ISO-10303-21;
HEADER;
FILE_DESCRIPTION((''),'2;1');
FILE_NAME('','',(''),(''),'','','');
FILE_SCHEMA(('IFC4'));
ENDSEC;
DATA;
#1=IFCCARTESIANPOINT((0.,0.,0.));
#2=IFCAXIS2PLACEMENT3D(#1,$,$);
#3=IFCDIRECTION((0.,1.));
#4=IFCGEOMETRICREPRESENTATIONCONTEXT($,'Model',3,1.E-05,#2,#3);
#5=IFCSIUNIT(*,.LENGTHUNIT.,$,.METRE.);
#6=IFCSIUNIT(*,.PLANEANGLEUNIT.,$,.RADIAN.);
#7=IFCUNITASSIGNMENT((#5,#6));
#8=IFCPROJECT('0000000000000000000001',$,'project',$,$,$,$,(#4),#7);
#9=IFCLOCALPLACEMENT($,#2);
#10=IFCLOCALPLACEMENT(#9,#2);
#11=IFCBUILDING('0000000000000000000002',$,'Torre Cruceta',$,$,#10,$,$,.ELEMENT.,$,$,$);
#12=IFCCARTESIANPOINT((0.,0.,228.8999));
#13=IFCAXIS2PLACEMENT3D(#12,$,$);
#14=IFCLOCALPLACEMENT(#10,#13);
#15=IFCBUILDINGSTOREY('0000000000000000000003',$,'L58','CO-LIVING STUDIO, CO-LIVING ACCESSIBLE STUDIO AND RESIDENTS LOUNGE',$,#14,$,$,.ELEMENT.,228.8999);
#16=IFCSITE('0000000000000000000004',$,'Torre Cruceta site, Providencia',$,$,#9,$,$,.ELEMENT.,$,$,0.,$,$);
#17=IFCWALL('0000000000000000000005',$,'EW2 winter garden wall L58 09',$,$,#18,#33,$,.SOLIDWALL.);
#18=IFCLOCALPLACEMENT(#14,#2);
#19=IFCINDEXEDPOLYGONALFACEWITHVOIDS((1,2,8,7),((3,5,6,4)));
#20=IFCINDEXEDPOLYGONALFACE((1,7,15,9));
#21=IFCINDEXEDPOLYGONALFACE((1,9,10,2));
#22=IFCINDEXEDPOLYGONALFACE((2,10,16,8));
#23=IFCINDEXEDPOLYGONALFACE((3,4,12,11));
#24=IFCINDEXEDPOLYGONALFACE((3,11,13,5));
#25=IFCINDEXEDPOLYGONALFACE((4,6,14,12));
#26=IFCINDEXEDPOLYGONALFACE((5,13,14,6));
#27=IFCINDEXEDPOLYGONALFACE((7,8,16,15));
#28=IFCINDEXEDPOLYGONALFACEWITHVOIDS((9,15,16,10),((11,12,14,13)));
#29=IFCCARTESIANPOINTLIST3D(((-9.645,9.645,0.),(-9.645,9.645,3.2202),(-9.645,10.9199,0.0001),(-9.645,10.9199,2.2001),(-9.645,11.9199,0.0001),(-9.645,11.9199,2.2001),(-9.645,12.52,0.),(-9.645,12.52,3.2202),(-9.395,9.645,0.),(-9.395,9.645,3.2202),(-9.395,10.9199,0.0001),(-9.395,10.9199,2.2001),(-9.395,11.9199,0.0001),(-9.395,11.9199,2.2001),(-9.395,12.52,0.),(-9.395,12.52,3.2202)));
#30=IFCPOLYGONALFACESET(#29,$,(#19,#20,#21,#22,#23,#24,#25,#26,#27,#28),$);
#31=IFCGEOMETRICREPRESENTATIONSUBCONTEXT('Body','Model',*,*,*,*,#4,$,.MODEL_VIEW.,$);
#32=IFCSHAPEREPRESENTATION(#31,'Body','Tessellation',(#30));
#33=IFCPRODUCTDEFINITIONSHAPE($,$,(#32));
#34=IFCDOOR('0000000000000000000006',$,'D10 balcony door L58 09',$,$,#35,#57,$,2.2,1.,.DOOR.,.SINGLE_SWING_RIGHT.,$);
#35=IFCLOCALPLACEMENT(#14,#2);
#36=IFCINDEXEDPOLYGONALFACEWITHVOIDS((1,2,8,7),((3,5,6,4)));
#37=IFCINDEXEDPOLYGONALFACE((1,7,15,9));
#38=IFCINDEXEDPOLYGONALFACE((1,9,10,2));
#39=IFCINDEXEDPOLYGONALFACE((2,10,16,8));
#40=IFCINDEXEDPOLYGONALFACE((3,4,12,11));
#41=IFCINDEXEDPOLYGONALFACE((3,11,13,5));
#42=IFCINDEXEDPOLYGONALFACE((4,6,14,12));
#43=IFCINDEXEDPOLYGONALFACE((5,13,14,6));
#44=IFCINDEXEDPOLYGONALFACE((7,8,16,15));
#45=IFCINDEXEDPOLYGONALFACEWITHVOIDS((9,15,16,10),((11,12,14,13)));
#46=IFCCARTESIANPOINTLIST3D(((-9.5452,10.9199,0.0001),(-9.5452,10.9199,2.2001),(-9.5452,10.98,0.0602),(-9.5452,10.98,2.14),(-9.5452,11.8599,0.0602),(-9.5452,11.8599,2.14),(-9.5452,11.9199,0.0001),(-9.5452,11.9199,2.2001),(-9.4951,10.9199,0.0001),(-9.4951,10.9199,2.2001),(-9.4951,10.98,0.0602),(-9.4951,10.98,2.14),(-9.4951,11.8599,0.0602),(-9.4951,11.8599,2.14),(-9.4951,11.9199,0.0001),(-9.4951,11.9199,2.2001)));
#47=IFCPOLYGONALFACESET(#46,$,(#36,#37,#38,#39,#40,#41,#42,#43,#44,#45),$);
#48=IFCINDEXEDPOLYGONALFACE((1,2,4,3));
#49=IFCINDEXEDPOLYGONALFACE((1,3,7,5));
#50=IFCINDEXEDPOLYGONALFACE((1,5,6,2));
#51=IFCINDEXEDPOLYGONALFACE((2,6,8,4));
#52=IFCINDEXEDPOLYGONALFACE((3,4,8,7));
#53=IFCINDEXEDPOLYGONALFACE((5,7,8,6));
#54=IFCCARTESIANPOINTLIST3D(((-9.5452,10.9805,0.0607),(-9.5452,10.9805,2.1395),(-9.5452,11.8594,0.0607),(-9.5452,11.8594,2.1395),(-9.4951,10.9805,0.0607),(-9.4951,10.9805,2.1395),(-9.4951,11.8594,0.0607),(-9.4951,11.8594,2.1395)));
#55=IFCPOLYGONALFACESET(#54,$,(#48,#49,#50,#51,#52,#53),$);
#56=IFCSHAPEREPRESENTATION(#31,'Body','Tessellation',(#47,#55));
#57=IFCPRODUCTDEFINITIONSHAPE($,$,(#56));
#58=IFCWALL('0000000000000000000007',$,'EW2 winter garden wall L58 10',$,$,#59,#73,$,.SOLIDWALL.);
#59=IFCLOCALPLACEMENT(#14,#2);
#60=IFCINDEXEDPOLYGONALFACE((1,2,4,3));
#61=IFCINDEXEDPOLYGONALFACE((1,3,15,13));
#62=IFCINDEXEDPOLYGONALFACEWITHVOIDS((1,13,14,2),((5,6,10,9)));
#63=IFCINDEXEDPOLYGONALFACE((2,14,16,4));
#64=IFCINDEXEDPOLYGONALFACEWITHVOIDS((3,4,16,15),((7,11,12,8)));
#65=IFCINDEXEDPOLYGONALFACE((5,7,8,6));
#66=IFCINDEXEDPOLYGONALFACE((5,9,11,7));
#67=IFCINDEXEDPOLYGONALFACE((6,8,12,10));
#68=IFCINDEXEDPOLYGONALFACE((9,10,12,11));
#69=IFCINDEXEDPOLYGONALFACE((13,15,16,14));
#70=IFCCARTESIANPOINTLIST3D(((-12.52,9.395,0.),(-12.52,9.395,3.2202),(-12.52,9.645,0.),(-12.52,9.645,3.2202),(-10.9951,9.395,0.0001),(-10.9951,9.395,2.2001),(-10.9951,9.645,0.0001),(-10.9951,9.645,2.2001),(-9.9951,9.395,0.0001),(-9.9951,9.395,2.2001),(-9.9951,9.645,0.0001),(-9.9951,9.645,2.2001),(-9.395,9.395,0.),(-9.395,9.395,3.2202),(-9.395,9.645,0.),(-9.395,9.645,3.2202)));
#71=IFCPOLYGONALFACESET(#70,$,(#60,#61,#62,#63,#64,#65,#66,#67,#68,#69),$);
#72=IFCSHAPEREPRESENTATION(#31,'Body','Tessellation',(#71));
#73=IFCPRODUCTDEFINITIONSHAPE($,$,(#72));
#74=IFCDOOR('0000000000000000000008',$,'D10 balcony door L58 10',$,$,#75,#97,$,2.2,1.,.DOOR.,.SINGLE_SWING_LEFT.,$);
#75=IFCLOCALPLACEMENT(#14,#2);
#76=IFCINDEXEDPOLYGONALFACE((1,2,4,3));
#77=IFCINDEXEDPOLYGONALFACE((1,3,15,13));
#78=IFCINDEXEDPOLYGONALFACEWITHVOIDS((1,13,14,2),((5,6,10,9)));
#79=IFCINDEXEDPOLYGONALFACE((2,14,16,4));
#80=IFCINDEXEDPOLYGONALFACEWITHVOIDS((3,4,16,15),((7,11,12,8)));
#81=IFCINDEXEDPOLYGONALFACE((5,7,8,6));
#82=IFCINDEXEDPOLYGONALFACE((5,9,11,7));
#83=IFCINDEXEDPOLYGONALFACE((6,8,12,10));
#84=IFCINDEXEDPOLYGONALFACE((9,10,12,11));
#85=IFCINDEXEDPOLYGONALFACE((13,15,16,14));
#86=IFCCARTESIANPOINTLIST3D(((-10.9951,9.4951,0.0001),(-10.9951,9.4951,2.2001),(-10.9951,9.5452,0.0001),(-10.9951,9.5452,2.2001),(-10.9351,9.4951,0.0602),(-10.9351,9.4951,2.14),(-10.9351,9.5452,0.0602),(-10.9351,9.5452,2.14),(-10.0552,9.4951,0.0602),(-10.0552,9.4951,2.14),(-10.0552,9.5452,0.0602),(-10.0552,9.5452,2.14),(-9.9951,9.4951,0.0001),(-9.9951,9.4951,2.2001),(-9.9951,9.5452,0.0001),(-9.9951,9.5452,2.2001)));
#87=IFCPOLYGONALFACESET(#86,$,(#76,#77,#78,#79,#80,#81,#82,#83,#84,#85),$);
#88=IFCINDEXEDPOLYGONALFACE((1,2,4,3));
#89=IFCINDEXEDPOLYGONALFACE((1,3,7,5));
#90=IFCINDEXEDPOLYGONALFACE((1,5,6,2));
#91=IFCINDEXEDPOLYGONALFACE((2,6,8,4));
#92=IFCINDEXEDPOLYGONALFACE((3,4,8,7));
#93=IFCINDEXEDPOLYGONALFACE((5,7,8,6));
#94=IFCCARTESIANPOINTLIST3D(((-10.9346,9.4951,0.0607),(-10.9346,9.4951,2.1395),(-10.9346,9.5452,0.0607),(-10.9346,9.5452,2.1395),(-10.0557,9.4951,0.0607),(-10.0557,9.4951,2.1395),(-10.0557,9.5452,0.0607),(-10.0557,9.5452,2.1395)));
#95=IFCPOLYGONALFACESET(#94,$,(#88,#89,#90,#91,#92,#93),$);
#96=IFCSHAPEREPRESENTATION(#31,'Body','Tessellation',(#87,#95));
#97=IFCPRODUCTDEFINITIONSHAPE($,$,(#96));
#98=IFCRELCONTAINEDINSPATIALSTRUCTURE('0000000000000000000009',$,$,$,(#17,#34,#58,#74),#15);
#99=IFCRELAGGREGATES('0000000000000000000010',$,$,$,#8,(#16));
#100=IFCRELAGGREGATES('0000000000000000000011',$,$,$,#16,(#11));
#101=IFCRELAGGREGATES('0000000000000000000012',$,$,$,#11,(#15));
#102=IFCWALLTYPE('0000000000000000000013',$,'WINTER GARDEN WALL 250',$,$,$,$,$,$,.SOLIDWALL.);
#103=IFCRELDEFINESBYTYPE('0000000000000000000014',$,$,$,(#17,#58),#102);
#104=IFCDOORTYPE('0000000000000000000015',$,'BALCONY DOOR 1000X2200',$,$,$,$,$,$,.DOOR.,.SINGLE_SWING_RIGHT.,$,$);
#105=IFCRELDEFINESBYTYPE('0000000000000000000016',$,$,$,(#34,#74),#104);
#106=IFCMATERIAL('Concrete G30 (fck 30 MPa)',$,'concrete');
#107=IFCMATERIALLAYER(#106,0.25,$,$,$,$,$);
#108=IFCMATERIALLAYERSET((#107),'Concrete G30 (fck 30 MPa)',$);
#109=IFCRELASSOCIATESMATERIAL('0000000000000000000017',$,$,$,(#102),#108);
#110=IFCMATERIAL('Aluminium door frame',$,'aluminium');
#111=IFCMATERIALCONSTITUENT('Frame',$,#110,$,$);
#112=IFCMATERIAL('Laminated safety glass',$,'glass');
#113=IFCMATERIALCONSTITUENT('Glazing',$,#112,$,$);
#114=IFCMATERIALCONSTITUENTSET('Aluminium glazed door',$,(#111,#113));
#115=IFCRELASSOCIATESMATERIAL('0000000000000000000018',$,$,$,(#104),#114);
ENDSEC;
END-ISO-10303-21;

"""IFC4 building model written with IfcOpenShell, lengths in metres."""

from ifc_helpers import new_model, si_unit, direction, frame, frame_2d, origin, place, context, subcontext, project, spatial, rectangle, hollow_rectangle, extrude, material, layer, layer_set, constituent, constituent_set, type_object, element, fill, save


model = new_model("IFC4")

# Units and contexts
model_context = context("Model", 3, precision=1e-05, world=origin(), true_north=direction((0.0, 1.0)))
body_context = subcontext(model_context, "Body", "Model", "MODEL_VIEW")
ifc_project = project(units=[si_unit("LENGTHUNIT", "METRE"), si_unit("PLANEANGLEUNIT", "RADIAN")], contexts=[model_context])

# Site, building, storey
site_placement = place(None, origin())
site = spatial("IfcSite", under=ifc_project, at=site_placement, Name="Torre Cruceta site, Providencia", CompositionType="ELEMENT", RefElevation=0.0)
building_placement = place(site_placement, origin())
building = spatial("IfcBuilding", under=site, at=building_placement, Name="Torre Cruceta", CompositionType="ELEMENT")
storey_placement = place(building_placement, frame((0.0, 0.0, 228.8999)))
storey = spatial("IfcBuildingStorey", under=building, at=storey_placement, Name="L58", Description="CO-LIVING STUDIO, CO-LIVING ACCESSIBLE STUDIO AND RESIDENTS LOUNGE", CompositionType="ELEMENT", Elevation=228.8999)

# Walls, openings, doors
ifc_material_1 = material(Name="Concrete G30 (fck 30 MPa)", Category="concrete")
ifc_layer_1 = layer(ifc_material_1, 0.25)
ifc_layer_set_1 = layer_set([ifc_layer_1], Name="Concrete G30 (fck 30 MPa)")
wall_type_1 = type_object("IfcWallType", Name="WINTER GARDEN WALL 250", PredefinedType="SOLIDWALL", material=ifc_layer_set_1)
wall_1_placement = place(storey_placement, frame((-9.52, 12.52, 0.0), z_axis=(0.0, 0.0, 1.0), x_axis=(0.0, -1.0, 0.0)))
wall_1 = element("IfcWall", 1, at=wall_1_placement, inside=storey, type_object=wall_type_1, Name="EW2 winter garden wall L58 09", PredefinedType="SOLIDWALL", context=body_context, shape_type="SweptSolid", body=[
    extrude(rectangle(XDim=2.875, YDim=0.25, at=frame_2d((1.4375, 0.0))), origin(), (0.0, 0.0, 1.0), 3.2202),
])
opening_1_placement = place(wall_1_placement, frame((0.6001, 0.0, 0.0)))
opening_1 = element("IfcOpeningElement", 2, at=opening_1_placement, cuts=wall_1, PredefinedType="OPENING", context=body_context, shape_type="SweptSolid", body=[
    extrude(rectangle(XDim=1.0, YDim=2.2, at=frame_2d((0.5, 1.1001))), frame((0.0, 0.135, 0.0), z_axis=(0.0, -1.0, 0.0), x_axis=(1.0, 0.0, 0.0)), (0.0, 0.0, 1.0), 0.27),
])
ifc_material_2 = material(Name="Aluminium door frame", Category="aluminium")
ifc_constituent_1 = constituent(ifc_material_2, Name="Frame")
ifc_material_3 = material(Name="Laminated safety glass", Category="glass")
ifc_constituent_2 = constituent(ifc_material_3, Name="Glazing")
ifc_constituent_set_1 = constituent_set(constituents=[ifc_constituent_1, ifc_constituent_2], Name="Aluminium glazed door")
door_type_1 = type_object("IfcDoorType", Name="BALCONY DOOR 1000X2200", OperationType="SINGLE_SWING_RIGHT", PredefinedType="DOOR", material=ifc_constituent_set_1)
door_1_placement = place(opening_1_placement, origin())
door_1 = element("IfcDoor", 3, at=door_1_placement, inside=storey, type_object=door_type_1, Name="D10 balcony door L58 09", OperationType="SINGLE_SWING_RIGHT", OverallHeight=2.2, OverallWidth=1.0, PredefinedType="DOOR", context=body_context, shape_type="SweptSolid", body=[
    extrude(hollow_rectangle(XDim=1.0, YDim=2.2, WallThickness=0.0601, at=frame_2d((0.5, 1.1001))), frame((0.0, 0.0249, 0.0), z_axis=(0.0, -1.0, 0.0), x_axis=(1.0, 0.0, 0.0)), (0.0, 0.0, 1.0), 0.05),
    extrude(rectangle(XDim=0.8789, YDim=2.0789, at=frame_2d((0.5, 1.1001))), frame((0.0, 0.0249, 0.0), z_axis=(0.0, -1.0, 0.0), x_axis=(1.0, 0.0, 0.0)), (0.0, 0.0, 1.0), 0.05),
])
fill(opening_1, door_1)
wall_2_placement = place(storey_placement, frame((-9.395, 9.52, 0.0), z_axis=(0.0, 0.0, 1.0), x_axis=(-1.0, 0.0, 0.0)))
wall_2 = element("IfcWall", 4, at=wall_2_placement, inside=storey, type_object=wall_type_1, Name="EW2 winter garden wall L58 10", PredefinedType="SOLIDWALL", context=body_context, shape_type="SweptSolid", body=[
    extrude(rectangle(XDim=3.125, YDim=0.25, at=frame_2d((1.5625, 0.0))), origin(), (0.0, 0.0, 1.0), 3.2202),
])
opening_2_placement = place(wall_2_placement, frame((0.6001, 0.0, 0.0)))
opening_2 = element("IfcOpeningElement", 5, at=opening_2_placement, cuts=wall_2, PredefinedType="OPENING", context=body_context, shape_type="SweptSolid", body=[
    extrude(rectangle(XDim=1.0, YDim=2.2, at=frame_2d((0.5, 1.1001))), frame((0.0, 0.135, 0.0), z_axis=(0.0, -1.0, 0.0), x_axis=(1.0, 0.0, 0.0)), (0.0, 0.0, 1.0), 0.27),
])
door_2_placement = place(opening_2_placement, origin())
door_2 = element("IfcDoor", 6, at=door_2_placement, inside=storey, type_object=door_type_1, Name="D10 balcony door L58 10", OperationType="SINGLE_SWING_LEFT", OverallHeight=2.2, OverallWidth=1.0, PredefinedType="DOOR", context=body_context, shape_type="SweptSolid", body=[
    extrude(hollow_rectangle(XDim=1.0, YDim=2.2, WallThickness=0.0601, at=frame_2d((0.5, 1.1001))), frame((0.0, 0.0249, 0.0), z_axis=(0.0, -1.0, 0.0), x_axis=(1.0, 0.0, 0.0)), (0.0, 0.0, 1.0), 0.05),
    extrude(rectangle(XDim=0.8789, YDim=2.0789, at=frame_2d((0.5, 1.1001))), frame((0.0, 0.0249, 0.0), z_axis=(0.0, -1.0, 0.0), x_axis=(1.0, 0.0, 0.0)), (0.0, 0.0, 1.0), 0.05),
])
fill(opening_2, door_2)

save(model, "model.ifc")
